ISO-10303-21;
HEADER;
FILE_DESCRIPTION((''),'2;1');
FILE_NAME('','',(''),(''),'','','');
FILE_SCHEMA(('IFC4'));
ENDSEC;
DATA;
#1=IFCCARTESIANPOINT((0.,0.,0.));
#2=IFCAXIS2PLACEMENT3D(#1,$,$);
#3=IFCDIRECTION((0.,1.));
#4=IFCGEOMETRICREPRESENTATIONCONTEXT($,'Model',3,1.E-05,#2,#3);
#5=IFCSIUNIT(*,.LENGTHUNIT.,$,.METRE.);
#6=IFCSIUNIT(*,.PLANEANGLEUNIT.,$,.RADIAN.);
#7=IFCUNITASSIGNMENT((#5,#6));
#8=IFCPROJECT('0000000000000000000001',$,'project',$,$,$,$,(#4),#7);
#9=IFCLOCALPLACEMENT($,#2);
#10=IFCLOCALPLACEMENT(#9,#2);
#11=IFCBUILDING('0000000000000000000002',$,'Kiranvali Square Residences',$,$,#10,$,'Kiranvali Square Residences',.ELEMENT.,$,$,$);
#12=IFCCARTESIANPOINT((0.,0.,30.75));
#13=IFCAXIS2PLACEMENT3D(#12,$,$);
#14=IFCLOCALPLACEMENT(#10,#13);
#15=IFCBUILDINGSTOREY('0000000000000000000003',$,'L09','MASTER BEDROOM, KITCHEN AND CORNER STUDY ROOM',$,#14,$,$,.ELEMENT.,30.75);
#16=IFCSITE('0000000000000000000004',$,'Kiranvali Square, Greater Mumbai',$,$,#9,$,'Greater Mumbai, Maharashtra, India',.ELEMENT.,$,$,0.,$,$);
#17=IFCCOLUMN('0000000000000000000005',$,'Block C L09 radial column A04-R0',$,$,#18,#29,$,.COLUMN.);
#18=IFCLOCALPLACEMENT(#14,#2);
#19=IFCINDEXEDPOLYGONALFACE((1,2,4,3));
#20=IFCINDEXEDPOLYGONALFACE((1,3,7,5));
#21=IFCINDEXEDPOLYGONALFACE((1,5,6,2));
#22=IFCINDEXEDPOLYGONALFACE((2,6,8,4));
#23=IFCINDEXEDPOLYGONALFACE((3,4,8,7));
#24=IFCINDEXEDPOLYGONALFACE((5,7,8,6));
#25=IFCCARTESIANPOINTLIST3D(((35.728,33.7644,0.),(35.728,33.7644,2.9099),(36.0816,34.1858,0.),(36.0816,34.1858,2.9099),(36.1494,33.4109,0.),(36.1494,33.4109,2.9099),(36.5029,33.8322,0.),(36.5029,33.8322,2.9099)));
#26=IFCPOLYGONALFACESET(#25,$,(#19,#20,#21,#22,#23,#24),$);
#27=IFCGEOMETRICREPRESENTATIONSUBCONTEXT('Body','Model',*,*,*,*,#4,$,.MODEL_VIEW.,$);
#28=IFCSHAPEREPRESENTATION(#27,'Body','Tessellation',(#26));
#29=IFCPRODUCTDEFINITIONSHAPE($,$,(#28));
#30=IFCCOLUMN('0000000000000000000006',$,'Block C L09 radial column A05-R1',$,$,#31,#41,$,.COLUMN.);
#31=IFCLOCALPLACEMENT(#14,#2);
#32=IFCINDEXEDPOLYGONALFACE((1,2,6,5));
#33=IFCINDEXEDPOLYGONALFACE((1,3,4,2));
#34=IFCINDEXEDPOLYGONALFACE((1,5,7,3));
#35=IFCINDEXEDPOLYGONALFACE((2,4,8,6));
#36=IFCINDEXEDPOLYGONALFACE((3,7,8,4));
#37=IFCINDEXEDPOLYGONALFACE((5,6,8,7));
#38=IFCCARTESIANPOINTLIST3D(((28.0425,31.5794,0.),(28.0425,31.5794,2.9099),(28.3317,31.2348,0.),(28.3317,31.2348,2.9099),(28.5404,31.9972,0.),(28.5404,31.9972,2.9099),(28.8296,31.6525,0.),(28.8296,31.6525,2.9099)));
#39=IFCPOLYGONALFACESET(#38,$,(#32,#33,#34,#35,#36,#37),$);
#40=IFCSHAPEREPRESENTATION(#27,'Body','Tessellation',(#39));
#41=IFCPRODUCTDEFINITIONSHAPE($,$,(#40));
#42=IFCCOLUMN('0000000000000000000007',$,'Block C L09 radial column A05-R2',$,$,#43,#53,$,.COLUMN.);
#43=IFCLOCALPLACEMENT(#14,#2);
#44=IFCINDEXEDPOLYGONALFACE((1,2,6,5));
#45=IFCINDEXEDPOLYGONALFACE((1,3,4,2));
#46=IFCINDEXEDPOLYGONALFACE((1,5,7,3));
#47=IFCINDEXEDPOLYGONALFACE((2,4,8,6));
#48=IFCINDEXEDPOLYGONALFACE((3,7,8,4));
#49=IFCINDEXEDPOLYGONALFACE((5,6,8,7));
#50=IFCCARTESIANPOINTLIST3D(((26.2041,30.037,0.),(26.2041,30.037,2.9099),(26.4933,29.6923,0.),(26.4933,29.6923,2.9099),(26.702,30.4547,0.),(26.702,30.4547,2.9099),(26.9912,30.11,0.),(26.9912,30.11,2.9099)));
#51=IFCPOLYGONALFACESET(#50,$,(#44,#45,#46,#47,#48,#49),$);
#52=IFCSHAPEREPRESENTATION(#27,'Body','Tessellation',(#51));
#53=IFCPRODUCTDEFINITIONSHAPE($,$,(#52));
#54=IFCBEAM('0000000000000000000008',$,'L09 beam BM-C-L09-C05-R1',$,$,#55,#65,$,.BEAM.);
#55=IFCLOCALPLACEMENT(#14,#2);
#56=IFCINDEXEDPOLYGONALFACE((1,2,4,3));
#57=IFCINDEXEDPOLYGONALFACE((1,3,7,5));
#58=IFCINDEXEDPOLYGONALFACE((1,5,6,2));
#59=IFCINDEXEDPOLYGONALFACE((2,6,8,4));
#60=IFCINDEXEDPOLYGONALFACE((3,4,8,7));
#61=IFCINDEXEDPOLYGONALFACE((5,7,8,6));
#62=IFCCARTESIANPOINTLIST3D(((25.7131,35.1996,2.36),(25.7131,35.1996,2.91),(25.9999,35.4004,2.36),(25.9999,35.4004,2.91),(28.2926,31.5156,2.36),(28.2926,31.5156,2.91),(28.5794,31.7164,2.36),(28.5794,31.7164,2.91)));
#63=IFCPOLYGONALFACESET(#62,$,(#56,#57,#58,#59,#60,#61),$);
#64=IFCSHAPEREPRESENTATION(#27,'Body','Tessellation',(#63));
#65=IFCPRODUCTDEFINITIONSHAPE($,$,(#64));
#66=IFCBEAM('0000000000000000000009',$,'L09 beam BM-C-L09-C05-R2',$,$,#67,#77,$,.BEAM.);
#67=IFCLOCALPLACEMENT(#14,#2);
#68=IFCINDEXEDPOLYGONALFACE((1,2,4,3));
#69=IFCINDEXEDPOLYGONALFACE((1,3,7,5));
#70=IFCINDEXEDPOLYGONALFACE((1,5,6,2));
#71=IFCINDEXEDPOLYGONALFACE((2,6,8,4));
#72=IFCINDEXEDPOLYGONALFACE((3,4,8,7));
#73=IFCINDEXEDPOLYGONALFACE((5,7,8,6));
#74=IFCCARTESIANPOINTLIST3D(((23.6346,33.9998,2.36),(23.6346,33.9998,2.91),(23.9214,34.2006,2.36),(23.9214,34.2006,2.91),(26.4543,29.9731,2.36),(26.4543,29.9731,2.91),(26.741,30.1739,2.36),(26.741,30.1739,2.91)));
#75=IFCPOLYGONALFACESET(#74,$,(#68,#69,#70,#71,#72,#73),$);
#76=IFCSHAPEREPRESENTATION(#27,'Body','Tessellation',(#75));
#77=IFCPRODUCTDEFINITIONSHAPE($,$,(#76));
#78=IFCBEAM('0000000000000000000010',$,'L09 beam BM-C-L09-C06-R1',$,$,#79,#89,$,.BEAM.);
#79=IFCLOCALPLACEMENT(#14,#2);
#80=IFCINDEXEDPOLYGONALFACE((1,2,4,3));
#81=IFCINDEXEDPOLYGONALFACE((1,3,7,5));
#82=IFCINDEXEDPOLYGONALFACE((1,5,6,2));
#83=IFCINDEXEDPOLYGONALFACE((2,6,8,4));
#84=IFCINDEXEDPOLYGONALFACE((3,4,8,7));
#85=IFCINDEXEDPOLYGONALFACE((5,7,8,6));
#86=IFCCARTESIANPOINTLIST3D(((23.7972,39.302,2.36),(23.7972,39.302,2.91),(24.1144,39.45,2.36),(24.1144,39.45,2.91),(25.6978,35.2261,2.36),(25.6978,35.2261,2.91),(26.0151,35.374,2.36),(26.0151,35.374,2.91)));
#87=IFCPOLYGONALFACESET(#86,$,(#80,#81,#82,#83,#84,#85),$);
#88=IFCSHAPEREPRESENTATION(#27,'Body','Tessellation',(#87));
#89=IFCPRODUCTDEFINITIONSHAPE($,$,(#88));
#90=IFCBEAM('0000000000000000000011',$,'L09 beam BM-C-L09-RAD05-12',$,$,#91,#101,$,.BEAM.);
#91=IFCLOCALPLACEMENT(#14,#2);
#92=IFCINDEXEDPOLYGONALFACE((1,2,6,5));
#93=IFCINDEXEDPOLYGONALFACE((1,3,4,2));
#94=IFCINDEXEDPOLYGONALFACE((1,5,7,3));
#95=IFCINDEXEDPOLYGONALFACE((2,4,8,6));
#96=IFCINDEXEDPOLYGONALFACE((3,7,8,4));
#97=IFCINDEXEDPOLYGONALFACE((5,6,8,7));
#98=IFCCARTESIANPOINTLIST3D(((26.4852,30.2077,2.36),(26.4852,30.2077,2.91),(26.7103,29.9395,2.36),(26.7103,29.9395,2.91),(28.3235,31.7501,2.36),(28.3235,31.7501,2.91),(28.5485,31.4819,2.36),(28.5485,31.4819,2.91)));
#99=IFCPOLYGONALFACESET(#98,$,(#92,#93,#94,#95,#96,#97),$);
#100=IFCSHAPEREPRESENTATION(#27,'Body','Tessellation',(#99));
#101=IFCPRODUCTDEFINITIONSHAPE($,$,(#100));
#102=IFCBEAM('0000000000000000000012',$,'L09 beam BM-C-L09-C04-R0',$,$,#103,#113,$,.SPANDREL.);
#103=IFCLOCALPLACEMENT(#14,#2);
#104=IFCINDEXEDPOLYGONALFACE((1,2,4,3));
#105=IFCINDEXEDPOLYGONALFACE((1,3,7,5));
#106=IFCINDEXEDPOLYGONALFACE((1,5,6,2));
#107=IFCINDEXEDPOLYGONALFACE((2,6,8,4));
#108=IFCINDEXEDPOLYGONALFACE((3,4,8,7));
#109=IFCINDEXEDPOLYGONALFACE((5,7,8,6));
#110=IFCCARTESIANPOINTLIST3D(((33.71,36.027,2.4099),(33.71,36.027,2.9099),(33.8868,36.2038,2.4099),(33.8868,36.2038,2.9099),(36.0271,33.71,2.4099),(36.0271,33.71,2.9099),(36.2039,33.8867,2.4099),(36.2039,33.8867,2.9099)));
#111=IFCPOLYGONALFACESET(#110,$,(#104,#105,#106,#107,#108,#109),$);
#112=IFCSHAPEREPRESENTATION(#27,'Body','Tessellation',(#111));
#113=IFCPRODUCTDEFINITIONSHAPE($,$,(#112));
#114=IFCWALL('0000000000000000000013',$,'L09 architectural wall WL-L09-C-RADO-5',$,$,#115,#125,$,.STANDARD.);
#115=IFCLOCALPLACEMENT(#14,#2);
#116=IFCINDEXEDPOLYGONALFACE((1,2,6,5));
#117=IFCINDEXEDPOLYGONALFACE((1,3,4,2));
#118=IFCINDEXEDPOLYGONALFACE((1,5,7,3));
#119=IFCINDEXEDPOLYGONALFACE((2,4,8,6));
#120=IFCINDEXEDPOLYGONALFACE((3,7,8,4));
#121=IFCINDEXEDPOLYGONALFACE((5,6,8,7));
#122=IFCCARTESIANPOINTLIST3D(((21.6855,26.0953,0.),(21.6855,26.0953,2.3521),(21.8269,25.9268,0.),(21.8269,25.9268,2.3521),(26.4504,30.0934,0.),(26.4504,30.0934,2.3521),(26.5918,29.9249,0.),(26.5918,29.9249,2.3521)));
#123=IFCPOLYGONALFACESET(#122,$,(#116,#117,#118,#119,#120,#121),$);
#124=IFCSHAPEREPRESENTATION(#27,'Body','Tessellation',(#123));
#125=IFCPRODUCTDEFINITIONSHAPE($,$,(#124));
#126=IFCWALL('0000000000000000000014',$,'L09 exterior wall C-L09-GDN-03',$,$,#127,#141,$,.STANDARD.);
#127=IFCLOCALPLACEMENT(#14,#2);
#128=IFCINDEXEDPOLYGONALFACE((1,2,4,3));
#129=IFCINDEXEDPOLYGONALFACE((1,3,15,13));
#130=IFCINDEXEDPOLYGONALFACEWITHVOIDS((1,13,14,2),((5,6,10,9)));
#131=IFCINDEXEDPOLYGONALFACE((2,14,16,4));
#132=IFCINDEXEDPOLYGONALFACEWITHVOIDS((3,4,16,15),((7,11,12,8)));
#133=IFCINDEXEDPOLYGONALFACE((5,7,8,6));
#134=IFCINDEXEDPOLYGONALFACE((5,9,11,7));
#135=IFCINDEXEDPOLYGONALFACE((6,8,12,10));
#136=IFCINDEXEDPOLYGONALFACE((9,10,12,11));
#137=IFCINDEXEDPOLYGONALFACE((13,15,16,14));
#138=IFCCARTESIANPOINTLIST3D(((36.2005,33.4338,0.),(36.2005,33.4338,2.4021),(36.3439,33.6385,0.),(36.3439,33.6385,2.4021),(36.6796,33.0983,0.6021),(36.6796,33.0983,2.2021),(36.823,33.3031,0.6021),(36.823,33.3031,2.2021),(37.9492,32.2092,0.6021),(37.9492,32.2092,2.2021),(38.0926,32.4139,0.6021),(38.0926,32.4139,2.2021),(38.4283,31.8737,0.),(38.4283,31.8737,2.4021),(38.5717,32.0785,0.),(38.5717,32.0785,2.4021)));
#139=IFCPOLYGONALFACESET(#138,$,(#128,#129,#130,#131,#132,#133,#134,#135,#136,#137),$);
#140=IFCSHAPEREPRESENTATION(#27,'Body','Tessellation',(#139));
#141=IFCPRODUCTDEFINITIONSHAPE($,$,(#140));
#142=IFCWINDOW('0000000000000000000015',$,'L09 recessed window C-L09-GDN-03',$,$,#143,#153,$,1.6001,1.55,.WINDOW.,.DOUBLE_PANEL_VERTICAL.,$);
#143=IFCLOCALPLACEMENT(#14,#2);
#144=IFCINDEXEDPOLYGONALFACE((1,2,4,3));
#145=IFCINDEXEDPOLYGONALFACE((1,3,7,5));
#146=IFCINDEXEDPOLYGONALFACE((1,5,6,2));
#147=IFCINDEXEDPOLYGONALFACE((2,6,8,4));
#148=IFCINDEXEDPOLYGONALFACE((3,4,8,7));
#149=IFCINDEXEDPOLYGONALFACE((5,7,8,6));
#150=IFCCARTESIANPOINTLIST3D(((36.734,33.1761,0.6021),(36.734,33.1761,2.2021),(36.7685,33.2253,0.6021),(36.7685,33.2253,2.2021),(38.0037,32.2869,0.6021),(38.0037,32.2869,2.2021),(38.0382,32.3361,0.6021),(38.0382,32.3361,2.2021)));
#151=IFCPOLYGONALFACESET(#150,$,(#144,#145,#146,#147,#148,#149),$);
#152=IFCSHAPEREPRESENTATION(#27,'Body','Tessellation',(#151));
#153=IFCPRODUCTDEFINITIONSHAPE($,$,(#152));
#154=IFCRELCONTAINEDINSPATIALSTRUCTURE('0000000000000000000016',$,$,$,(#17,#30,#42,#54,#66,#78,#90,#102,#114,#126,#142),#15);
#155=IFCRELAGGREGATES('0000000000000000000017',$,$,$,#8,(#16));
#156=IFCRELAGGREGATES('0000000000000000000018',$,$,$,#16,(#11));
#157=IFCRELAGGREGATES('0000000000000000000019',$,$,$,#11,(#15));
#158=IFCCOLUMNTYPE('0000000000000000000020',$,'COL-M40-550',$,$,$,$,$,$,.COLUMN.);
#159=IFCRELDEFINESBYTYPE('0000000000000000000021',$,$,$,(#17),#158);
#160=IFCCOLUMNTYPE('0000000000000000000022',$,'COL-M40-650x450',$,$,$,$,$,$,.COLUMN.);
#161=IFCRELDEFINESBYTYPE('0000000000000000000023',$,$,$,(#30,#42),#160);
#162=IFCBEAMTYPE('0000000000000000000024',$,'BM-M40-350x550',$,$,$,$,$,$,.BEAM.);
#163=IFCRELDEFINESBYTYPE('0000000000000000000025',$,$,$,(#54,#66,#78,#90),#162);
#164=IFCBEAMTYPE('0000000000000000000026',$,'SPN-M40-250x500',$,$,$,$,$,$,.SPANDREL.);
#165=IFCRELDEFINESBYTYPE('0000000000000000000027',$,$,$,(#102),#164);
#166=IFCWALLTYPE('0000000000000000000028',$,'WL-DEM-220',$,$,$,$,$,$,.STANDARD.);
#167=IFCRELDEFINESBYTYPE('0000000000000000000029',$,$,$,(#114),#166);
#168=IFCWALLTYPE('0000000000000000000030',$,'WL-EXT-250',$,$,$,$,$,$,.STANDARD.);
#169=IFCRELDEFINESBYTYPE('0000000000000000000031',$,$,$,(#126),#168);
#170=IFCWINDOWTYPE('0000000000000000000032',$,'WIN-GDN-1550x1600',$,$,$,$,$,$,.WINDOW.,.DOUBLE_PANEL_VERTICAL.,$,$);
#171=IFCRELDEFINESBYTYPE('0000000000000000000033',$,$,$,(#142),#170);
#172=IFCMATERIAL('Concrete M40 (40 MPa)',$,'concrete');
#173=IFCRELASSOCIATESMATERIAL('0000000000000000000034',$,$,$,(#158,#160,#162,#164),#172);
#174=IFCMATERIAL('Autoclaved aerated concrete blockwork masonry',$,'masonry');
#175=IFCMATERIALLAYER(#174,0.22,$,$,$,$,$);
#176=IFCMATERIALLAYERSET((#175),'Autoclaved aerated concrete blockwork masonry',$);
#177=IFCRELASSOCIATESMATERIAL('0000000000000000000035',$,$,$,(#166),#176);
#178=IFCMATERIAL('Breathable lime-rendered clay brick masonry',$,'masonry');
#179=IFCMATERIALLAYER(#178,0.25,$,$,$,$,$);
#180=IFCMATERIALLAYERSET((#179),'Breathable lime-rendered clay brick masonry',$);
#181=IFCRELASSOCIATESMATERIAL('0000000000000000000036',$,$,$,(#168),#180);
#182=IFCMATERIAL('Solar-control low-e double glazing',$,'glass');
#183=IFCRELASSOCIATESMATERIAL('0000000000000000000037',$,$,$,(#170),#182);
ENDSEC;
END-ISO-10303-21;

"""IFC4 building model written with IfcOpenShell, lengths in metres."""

from ifc_helpers import new_model, si_unit, direction, frame, frame_2d, origin, origin_2d, place, context, subcontext, project, spatial, rectangle, extrude, material, layer, layer_set, material_profile, profile_set, type_object, element, fill, save


model = new_model("IFC4")

# Units and contexts
model_context = context("Model", 3, precision=1e-05, world=origin(), true_north=direction((0.0, 1.0)))
body_context = subcontext(model_context, "Body", "Model", "MODEL_VIEW")
ifc_project = project(units=[si_unit("LENGTHUNIT", "METRE"), si_unit("PLANEANGLEUNIT", "RADIAN")], contexts=[model_context])

# Site, building, storey
site_placement = place(None, origin())
site = spatial("IfcSite", under=ifc_project, at=site_placement, Name="Kiranvali Square, Greater Mumbai", LongName="Greater Mumbai, Maharashtra, India", CompositionType="ELEMENT", RefElevation=0.0)
building_placement = place(site_placement, origin())
building = spatial("IfcBuilding", under=site, at=building_placement, Name="Kiranvali Square Residences", LongName="Kiranvali Square Residences", CompositionType="ELEMENT")
storey_placement = place(building_placement, frame((0.0, 0.0, 30.75)))
storey = spatial("IfcBuildingStorey", under=building, at=storey_placement, Name="L09", Description="MASTER BEDROOM, KITCHEN AND CORNER STUDY ROOM", CompositionType="ELEMENT", Elevation=30.75)

# Columns
ifc_material_1 = material(Name="Concrete M40 (40 MPa)", Category="concrete")
ifc_material_profile_1 = material_profile(ifc_material_1, rectangle(XDim=0.55, YDim=0.55, at=origin_2d()), Name="RC 550x550")
ifc_profile_set_1 = profile_set([ifc_material_profile_1], Name="Concrete M40 (40 MPa)")
column_type_1 = type_object("IfcColumnType", Name="COL-M40-550", PredefinedType="COLUMN", material=ifc_profile_set_1)
column_placement = place(storey_placement, frame((36.1155, 33.7983, 0.0), z_axis=(0.0, 0.0, 1.0), x_axis=(-0.766044, 0.642788, 0.0)))
element("IfcColumn", 1, at=column_placement, inside=storey, type_object=column_type_1, Name="Block C L09 radial column A04-R0", PredefinedType="COLUMN", context=body_context, shape_type="SweptSolid", body=[
    extrude(rectangle(XDim=0.55, YDim=0.55, at=origin_2d()), origin(), (0.0, 0.0, 1.0), 2.9099),
])
ifc_material_profile_2 = material_profile(ifc_material_1, rectangle(XDim=0.45, YDim=0.6499, at=origin_2d()), Name="RC 650x450")
ifc_profile_set_2 = profile_set([ifc_material_profile_2], Name="Concrete M40 (40 MPa)")
column_type_2 = type_object("IfcColumnType", Name="COL-M40-650x450", PredefinedType="COLUMN", material=ifc_profile_set_2)
for number, where, z_axis, x_axis, name in (
    (2, (28.436, 31.616, 0.0), (0.0, 0.0, 1.0), (-0.642788, 0.766044, 0.0), "Block C L09 radial column A05-R1"),
    (3, (26.5977, 30.0735, 0.0), (0.0, 0.0, 1.0), (-0.642788, 0.766044, 0.0), "Block C L09 radial column A05-R2"),
):
    element("IfcColumn", number, at=place(storey_placement, frame(where, z_axis=z_axis, x_axis=x_axis)), inside=storey, type_object=column_type_2, Name=name, PredefinedType="COLUMN", context=body_context, shape_type="SweptSolid", body=[
        extrude(rectangle(XDim=0.45, YDim=0.6499, at=origin_2d()), origin(), (0.0, 0.0, 1.0), 2.9099),
    ])

# Beams
ifc_material_profile_3 = material_profile(ifc_material_1, rectangle(XDim=0.3501, YDim=0.55, at=origin_2d()), Name="RC 350x550")
ifc_profile_set_3 = profile_set([ifc_material_profile_3], Name="Concrete M40 (40 MPa)")
beam_type_1 = type_object("IfcBeamType", Name="BM-M40-350x550", PredefinedType="BEAM", material=ifc_profile_set_3)
beam_1_placement = place(storey_placement, frame((28.436, 31.616, 2.635), z_axis=(-0.573572, 0.819155, 0.0), x_axis=(-0.819155, -0.573572, 0.0)))
element("IfcBeam", 4, at=beam_1_placement, inside=storey, type_object=beam_type_1, Name="L09 beam BM-C-L09-C05-R1", PredefinedType="BEAM", context=body_context, shape_type="SweptSolid", body=[
    extrude(rectangle(XDim=0.3501, YDim=0.55, at=origin_2d()), origin(), (0.0, 0.0, 1.0), 4.4973),
])
beam_2_placement = place(storey_placement, frame((26.5977, 30.0735, 2.635), z_axis=(-0.573592, 0.819141, 0.0), x_axis=(-0.819141, -0.573592, 0.0)))
element("IfcBeam", 5, at=beam_2_placement, inside=storey, type_object=beam_type_1, Name="L09 beam BM-C-L09-C05-R2", PredefinedType="BEAM", context=body_context, shape_type="SweptSolid", body=[
    extrude(rectangle(XDim=0.3501, YDim=0.55, at=origin_2d()), origin(), (0.0, 0.0, 1.0), 4.9158),
])
beam_3_placement = place(storey_placement, frame((25.8564, 35.3, 2.635), z_axis=(-0.422618, 0.906308, 0.0), x_axis=(-0.906308, -0.422618, 0.0)))
element("IfcBeam", 6, at=beam_3_placement, inside=storey, type_object=beam_type_1, Name="L09 beam BM-C-L09-C06-R1", PredefinedType="BEAM", context=body_context, shape_type="SweptSolid", body=[
    extrude(rectangle(XDim=0.3501, YDim=0.55, at=origin_2d()), origin(), (0.0, 0.0, 1.0), 4.4973),
])
beam_4_placement = place(storey_placement, frame((28.436, 31.616, 2.635), z_axis=(-0.766065, -0.642763, 0.0), x_axis=(0.642763, -0.766065, 0.0)))
element("IfcBeam", 7, at=beam_4_placement, inside=storey, type_object=beam_type_1, Name="L09 beam BM-C-L09-RAD05-12", PredefinedType="BEAM", context=body_context, shape_type="SweptSolid", body=[
    extrude(rectangle(XDim=0.3501, YDim=0.55, at=origin_2d()), origin(), (0.0, 0.0, 1.0), 2.3997),
])
ifc_material_profile_4 = material_profile(ifc_material_1, rectangle(XDim=0.25, YDim=0.5, at=origin_2d()), Name="RC 250x500")
ifc_profile_set_4 = profile_set([ifc_material_profile_4], Name="Concrete M40 (40 MPa)")
beam_type_2 = type_object("IfcBeamType", Name="SPN-M40-250x500", PredefinedType="SPANDREL", material=ifc_profile_set_4)
beam_5_placement = place(storey_placement, frame((36.1155, 33.7983, 2.6599), z_axis=(-0.707107, 0.707107, 0.0), x_axis=(-0.707107, -0.707107, 0.0)))
element("IfcBeam", 8, at=beam_5_placement, inside=storey, type_object=beam_type_2, Name="L09 beam BM-C-L09-C04-R0", PredefinedType="SPANDREL", context=body_context, shape_type="SweptSolid", body=[
    extrude(rectangle(XDim=0.25, YDim=0.5, at=origin_2d()), origin(), (0.0, 0.0, 1.0), 3.2769),
])

# Shared definitions
ifc_material_2 = material(Name="Autoclaved aerated concrete blockwork masonry", Category="masonry")

# Wall
ifc_layer_1 = layer(ifc_material_2, 0.22)
ifc_layer_set_1 = layer_set([ifc_layer_1], Name="Autoclaved aerated concrete blockwork masonry")
wall_type_1 = type_object("IfcWallType", Name="WL-DEM-220", PredefinedType="STANDARD", material=ifc_layer_set_1)
wall_1_placement = place(storey_placement, frame((26.521, 30.009, 0.0), z_axis=(0.0, 0.0, 1.0), x_axis=(-0.766058, -0.642771, 0.0)))
element("IfcWall", 9, at=wall_1_placement, inside=storey, type_object=wall_type_1, Name="L09 architectural wall WL-L09-C-RADO-5", PredefinedType="STANDARD", context=body_context, shape_type="SweptSolid", body=[
    extrude(rectangle(XDim=6.22, YDim=0.22, at=frame_2d((3.1099, 0.0))), origin(), (0.0, 0.0, 1.0), 2.3521),
])

# Wall, opening, window
ifc_material_3 = material(Name="Breathable lime-rendered clay brick masonry", Category="masonry")
ifc_layer_2 = layer(ifc_material_3, 0.25)
ifc_layer_set_2 = layer_set([ifc_layer_2], Name="Breathable lime-rendered clay brick masonry")
wall_type_2 = type_object("IfcWallType", Name="WL-EXT-250", PredefinedType="STANDARD", material=ifc_layer_set_2)
wall_2_placement = place(storey_placement, frame((38.5, 31.9761, 0.0), z_axis=(0.0, 0.0, 1.0), x_axis=(-0.819126, 0.573613, 0.0)))
wall_2 = element("IfcWall", 10, at=wall_2_placement, inside=storey, type_object=wall_type_2, Name="L09 exterior wall C-L09-GDN-03", PredefinedType="STANDARD", context=body_context, shape_type="SweptSolid", body=[
    extrude(rectangle(XDim=2.7197, YDim=0.25, at=frame_2d((1.3599, 0.0))), origin(), (0.0, 0.0, 1.0), 2.4021),
])
opening_1_placement = place(wall_2_placement, frame((0.585, 0.0, 0.6021)))
opening_1 = element("IfcOpeningElement", 11, at=opening_1_placement, cuts=wall_2, PredefinedType="OPENING", context=body_context, shape_type="SweptSolid", body=[
    extrude(rectangle(XDim=1.55, YDim=1.6001, at=frame_2d((0.7749, 0.8))), frame((0.0, 0.135, 0.0), z_axis=(0.0, -1.0, 0.0), x_axis=(1.0, 0.0, 0.0)), (0.0, 0.0, 1.0), 0.27),
])
ifc_material_4 = material(Name="Solar-control low-e double glazing", Category="glass")
window_type_1 = type_object("IfcWindowType", Name="WIN-GDN-1550x1600", PartitioningType="DOUBLE_PANEL_VERTICAL", PredefinedType="WINDOW", material=ifc_material_4)
window_1_placement = place(opening_1_placement, origin())
window_1 = element("IfcWindow", 12, at=window_1_placement, inside=storey, type_object=window_type_1, Name="L09 recessed window C-L09-GDN-03", OverallHeight=1.6001, OverallWidth=1.55, PartitioningType="DOUBLE_PANEL_VERTICAL", PredefinedType="WINDOW", context=body_context, shape_type="SweptSolid", body=[
    extrude(rectangle(XDim=1.55, YDim=1.6001, at=frame_2d((0.7749, 0.8))), frame((0.0, 0.03, 0.0), z_axis=(0.0, -1.0, 0.0), x_axis=(1.0, 0.0, 0.0)), (0.0, 0.0, 1.0), 0.0601),
])
fill(opening_1, window_1)

save(model, "model.ifc")
